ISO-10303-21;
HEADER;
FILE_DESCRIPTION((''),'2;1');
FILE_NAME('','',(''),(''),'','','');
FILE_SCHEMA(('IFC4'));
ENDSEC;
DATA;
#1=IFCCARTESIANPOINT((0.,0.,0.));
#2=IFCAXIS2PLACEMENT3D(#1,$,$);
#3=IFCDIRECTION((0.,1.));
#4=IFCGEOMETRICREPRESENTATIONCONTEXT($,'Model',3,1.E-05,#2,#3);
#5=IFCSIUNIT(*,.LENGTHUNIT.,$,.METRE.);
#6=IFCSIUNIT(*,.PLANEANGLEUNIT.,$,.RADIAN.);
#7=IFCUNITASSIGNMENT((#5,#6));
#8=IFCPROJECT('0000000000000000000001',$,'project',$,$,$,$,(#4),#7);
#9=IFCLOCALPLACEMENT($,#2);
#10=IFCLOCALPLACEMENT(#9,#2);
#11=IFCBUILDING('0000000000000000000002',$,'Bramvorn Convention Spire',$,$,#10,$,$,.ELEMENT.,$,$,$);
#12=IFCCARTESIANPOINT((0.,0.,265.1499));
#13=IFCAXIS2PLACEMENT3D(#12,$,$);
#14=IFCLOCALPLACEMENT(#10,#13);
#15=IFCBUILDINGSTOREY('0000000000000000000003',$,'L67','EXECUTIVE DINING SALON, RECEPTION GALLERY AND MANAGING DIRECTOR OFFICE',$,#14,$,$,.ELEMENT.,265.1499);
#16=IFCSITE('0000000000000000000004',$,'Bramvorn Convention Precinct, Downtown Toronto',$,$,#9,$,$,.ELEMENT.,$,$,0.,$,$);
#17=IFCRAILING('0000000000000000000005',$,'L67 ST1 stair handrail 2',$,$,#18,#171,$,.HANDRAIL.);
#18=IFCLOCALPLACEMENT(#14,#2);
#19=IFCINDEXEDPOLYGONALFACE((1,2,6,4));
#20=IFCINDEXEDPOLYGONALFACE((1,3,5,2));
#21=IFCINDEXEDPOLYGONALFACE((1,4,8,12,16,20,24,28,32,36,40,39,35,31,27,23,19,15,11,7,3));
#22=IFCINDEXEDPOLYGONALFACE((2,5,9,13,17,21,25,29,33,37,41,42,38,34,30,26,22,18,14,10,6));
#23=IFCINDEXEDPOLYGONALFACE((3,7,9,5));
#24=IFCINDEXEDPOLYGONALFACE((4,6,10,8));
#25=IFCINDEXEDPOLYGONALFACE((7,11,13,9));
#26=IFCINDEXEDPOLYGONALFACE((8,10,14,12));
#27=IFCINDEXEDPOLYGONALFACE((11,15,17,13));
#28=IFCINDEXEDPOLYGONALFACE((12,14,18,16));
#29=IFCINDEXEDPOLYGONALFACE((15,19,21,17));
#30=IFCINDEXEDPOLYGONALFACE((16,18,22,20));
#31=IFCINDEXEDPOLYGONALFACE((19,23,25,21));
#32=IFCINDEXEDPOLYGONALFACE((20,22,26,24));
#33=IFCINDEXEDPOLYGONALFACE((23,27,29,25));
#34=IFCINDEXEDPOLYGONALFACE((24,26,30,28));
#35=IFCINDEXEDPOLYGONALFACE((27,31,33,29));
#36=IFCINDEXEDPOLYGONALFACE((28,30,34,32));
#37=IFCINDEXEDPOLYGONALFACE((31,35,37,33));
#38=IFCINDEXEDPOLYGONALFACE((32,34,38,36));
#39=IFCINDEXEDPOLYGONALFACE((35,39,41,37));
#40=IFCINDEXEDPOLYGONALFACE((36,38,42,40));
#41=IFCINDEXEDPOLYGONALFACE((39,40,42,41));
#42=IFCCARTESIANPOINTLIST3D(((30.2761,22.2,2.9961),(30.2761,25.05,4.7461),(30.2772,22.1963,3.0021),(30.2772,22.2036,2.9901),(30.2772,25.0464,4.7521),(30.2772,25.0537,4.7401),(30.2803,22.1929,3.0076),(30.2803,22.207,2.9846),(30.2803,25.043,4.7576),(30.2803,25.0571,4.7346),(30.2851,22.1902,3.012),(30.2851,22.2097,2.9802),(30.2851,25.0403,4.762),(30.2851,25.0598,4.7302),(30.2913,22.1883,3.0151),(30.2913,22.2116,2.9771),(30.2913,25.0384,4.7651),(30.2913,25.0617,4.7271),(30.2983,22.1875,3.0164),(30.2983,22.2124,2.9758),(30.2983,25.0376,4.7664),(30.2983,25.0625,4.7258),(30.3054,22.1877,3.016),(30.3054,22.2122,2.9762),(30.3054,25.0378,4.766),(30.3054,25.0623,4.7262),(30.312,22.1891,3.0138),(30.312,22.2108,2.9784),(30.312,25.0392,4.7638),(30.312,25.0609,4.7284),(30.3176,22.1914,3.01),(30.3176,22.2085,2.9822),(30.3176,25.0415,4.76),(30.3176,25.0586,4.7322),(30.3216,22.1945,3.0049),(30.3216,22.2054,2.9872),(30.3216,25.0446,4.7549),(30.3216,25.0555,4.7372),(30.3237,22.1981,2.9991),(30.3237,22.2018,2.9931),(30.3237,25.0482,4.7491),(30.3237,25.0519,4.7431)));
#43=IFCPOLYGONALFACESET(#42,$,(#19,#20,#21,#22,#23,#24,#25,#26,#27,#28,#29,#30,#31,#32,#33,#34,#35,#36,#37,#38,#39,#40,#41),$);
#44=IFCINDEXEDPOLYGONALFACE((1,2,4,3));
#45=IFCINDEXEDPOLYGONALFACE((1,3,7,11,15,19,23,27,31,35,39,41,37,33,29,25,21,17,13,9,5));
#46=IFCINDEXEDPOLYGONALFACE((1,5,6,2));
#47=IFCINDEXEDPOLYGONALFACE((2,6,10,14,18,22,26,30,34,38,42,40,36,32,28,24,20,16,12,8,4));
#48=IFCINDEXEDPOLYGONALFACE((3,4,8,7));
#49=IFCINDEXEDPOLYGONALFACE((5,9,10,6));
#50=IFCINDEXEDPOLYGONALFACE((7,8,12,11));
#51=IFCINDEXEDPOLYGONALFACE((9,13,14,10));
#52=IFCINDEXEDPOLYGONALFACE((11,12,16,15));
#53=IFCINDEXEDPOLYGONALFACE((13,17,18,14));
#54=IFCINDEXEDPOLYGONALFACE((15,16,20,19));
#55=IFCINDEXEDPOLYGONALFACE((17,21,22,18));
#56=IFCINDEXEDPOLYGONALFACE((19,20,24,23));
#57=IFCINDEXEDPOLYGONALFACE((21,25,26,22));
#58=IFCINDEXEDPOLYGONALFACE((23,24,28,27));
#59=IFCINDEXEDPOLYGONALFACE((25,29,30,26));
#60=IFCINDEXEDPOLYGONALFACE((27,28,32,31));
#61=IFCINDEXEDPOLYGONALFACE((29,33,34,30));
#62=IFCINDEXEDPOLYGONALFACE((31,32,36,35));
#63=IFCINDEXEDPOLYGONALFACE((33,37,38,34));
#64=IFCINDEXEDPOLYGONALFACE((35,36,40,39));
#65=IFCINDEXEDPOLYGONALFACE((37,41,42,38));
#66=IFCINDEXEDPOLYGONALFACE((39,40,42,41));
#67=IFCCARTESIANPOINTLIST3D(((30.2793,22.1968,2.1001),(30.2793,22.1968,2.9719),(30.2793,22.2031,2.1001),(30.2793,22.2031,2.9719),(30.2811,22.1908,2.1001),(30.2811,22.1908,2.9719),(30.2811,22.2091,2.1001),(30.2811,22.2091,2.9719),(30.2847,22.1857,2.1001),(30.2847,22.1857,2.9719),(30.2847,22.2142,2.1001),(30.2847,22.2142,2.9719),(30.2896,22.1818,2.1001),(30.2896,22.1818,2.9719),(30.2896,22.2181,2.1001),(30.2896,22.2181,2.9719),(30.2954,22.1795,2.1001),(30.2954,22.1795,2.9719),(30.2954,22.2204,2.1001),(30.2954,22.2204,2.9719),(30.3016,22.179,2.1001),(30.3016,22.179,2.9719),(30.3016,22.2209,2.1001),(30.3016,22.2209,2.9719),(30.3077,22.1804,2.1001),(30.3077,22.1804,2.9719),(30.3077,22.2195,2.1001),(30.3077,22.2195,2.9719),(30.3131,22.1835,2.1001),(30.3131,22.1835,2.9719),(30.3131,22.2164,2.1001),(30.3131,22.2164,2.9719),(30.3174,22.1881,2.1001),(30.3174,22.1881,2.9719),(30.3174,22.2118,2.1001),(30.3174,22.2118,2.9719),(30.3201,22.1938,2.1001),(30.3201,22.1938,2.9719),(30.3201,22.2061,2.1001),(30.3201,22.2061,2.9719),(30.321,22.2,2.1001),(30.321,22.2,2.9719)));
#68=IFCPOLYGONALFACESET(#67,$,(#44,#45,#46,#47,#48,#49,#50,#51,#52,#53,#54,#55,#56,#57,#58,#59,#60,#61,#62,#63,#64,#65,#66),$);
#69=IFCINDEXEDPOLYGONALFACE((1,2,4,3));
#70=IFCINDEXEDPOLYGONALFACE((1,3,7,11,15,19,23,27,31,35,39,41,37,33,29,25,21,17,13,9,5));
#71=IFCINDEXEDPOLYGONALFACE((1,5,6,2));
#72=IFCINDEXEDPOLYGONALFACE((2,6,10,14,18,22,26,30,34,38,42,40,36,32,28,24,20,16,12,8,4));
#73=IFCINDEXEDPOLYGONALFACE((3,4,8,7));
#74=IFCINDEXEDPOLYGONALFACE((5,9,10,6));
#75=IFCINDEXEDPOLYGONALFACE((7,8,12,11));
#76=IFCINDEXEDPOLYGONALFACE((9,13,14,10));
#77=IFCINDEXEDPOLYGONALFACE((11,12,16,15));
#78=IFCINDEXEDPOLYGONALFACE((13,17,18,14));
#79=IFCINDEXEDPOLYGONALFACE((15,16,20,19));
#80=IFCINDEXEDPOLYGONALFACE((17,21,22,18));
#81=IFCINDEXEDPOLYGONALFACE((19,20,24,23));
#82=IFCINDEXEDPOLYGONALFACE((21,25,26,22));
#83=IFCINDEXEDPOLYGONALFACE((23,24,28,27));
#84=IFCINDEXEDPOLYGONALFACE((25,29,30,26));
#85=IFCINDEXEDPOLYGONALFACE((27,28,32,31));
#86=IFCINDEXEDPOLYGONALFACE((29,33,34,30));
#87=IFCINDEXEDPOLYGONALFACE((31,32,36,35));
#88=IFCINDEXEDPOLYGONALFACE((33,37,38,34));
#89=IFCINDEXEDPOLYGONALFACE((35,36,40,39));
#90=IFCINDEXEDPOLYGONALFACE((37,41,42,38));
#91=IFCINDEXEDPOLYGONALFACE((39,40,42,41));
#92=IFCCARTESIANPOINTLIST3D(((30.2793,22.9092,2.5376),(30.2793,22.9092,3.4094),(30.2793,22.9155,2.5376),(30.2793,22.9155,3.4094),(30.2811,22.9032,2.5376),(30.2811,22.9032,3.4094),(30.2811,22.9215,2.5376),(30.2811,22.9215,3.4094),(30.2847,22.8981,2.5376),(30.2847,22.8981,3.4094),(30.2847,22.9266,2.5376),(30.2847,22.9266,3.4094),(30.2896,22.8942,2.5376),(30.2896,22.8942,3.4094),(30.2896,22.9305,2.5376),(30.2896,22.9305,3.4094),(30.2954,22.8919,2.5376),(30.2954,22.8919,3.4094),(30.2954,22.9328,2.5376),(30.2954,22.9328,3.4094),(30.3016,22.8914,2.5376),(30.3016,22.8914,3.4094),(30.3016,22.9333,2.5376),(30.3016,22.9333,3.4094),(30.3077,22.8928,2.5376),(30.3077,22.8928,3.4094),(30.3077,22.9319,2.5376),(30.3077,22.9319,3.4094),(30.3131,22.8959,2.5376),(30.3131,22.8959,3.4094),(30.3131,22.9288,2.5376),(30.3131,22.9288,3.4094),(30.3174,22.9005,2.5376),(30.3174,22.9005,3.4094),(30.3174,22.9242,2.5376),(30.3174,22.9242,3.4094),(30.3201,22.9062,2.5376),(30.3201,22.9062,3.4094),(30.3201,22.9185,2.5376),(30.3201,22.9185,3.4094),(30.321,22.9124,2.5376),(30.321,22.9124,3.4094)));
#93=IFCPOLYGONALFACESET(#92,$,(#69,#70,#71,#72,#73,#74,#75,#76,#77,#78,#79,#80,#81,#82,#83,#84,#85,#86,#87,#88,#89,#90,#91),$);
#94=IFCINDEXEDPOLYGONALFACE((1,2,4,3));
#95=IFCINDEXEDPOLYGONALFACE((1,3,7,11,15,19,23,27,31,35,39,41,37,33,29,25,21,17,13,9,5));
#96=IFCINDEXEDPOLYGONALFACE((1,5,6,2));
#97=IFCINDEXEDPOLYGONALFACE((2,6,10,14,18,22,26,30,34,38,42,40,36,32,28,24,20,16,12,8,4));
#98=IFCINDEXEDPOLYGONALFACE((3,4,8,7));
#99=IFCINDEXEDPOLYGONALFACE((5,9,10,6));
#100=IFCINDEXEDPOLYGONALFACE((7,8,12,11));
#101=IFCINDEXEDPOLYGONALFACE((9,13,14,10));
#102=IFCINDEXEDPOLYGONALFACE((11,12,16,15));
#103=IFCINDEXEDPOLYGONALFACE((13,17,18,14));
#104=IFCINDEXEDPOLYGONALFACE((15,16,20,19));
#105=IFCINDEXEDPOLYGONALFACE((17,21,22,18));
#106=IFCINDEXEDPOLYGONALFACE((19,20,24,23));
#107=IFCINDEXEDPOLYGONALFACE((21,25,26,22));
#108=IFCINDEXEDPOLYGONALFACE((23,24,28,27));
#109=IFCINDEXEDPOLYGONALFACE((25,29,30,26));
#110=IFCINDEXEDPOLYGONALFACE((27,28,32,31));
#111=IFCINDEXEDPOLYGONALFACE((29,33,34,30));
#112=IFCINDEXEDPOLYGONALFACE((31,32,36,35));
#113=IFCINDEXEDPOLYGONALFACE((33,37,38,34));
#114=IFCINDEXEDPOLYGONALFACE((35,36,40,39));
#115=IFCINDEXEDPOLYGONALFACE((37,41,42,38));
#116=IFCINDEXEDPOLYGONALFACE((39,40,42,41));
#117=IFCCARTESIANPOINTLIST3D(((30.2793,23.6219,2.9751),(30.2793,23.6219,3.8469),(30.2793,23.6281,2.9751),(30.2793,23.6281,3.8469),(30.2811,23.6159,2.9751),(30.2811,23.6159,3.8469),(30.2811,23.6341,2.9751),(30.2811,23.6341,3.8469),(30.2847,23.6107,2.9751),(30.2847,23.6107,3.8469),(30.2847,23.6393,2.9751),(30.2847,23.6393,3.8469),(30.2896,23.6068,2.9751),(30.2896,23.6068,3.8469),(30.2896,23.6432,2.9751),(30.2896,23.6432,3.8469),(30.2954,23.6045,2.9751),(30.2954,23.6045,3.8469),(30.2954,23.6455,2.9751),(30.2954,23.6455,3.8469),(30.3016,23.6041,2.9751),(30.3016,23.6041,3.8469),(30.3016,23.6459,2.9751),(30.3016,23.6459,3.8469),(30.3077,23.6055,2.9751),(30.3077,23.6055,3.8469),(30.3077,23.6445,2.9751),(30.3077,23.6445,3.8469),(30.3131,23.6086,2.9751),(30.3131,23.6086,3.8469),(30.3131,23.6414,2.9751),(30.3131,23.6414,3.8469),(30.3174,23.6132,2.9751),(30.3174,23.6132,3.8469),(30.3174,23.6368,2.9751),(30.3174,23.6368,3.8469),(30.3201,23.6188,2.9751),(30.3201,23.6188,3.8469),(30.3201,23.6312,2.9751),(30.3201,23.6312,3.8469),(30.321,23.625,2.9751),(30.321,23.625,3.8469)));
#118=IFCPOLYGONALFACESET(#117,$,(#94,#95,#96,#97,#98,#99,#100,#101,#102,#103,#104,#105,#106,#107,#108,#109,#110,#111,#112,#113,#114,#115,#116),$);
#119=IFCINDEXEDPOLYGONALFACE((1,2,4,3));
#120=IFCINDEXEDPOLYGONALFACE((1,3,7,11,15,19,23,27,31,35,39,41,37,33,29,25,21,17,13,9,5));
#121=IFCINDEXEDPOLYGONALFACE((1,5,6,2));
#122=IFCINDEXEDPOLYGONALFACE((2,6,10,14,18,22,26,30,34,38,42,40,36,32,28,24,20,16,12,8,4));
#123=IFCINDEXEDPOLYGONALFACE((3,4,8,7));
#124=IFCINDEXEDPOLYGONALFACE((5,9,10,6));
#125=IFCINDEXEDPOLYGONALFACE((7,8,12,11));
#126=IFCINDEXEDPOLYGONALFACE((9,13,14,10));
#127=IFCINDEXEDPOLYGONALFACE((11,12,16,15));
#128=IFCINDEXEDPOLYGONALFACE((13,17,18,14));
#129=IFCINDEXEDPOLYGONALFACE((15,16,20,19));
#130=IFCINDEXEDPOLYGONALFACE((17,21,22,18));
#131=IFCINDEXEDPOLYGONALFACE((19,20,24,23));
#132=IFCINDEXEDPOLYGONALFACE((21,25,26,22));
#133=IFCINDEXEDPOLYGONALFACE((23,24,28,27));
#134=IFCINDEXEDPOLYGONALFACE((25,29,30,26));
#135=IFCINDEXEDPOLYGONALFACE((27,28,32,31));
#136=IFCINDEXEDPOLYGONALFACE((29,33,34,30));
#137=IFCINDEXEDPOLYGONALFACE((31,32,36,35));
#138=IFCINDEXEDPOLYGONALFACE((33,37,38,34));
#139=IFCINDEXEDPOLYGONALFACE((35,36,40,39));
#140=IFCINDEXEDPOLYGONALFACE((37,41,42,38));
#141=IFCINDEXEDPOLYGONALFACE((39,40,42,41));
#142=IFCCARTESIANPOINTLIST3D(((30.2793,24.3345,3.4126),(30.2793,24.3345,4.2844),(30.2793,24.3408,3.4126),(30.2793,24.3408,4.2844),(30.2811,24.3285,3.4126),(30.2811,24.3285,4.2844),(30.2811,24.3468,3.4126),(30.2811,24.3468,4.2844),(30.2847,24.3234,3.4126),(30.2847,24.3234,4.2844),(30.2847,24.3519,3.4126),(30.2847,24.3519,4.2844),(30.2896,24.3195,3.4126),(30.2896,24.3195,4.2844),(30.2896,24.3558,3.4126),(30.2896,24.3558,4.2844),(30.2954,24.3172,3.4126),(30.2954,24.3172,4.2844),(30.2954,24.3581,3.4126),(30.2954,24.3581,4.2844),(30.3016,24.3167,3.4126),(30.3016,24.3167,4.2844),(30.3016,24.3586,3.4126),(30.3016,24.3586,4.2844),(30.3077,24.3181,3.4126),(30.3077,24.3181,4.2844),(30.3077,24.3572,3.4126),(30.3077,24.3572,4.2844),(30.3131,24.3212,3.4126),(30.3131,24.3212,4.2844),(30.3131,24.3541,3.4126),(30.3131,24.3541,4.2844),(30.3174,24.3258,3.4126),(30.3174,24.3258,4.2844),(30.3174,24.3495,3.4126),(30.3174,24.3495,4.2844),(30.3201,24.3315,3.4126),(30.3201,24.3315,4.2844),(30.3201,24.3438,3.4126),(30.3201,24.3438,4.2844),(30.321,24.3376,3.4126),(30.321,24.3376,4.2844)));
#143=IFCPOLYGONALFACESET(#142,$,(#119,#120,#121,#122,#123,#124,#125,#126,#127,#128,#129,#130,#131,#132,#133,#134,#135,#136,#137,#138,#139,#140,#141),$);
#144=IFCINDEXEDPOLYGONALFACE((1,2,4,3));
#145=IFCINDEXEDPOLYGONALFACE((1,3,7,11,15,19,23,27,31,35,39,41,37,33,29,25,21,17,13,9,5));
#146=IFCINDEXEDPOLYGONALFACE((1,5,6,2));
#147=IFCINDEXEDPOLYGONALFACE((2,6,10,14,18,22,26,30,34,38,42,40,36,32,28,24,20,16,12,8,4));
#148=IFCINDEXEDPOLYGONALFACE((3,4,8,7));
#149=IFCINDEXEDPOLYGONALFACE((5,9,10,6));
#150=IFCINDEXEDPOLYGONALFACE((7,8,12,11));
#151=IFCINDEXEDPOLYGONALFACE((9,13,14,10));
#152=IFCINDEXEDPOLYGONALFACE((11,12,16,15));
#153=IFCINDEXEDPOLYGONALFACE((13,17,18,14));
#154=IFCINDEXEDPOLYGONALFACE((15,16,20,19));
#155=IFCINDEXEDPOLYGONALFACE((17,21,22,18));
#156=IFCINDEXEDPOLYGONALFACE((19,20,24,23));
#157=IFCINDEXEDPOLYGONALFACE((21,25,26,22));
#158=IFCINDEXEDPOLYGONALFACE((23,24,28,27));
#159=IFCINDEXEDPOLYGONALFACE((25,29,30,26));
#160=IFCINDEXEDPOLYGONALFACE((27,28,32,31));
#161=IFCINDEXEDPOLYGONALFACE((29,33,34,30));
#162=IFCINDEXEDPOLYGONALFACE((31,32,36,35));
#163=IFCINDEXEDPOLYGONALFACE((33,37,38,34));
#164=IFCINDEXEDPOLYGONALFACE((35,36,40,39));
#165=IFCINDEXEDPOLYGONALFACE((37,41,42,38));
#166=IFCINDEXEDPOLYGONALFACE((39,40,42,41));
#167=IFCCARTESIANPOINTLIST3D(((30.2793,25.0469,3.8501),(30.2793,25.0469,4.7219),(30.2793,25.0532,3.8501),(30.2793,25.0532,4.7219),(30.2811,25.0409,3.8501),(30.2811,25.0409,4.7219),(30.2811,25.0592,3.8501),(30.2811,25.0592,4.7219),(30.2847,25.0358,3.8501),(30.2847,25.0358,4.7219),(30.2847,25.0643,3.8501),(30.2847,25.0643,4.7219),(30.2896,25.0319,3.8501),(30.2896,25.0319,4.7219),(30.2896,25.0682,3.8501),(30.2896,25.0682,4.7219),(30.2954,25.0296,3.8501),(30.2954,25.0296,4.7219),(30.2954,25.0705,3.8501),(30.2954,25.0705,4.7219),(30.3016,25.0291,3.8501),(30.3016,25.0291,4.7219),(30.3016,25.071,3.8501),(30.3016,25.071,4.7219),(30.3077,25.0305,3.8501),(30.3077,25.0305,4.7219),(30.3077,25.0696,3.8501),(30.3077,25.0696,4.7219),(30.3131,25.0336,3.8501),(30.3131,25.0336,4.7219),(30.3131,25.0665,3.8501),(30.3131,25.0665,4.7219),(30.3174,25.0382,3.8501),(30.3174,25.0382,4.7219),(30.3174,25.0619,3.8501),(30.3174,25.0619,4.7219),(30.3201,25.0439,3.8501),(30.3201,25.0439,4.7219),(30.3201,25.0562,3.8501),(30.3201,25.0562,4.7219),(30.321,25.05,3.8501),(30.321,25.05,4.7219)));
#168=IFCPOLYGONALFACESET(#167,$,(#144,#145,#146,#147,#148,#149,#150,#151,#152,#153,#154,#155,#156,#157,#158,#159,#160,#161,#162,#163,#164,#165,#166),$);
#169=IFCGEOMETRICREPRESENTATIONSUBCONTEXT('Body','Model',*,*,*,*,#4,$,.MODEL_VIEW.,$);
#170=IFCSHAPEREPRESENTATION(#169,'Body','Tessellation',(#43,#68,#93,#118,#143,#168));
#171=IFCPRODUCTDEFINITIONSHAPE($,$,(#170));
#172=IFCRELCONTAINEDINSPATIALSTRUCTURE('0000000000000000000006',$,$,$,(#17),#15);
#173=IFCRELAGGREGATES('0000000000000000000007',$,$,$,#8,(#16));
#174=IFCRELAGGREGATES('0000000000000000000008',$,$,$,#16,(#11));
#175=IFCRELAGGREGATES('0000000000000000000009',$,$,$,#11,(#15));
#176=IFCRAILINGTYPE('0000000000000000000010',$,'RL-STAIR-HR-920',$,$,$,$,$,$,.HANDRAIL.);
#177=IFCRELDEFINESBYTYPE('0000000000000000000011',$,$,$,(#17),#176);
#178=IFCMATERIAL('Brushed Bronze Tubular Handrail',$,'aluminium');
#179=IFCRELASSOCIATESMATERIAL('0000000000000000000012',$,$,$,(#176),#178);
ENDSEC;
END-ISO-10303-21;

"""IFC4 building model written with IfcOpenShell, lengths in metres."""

from ifc_helpers import new_model, si_unit, direction, frame, origin, origin_2d, place, context, subcontext, project, spatial, circle, extrude, material, type_object, element, save


model = new_model("IFC4")

# Units and contexts
model_context = context("Model", 3, precision=1e-05, world=origin(), true_north=direction((0.0, 1.0)))
body_context = subcontext(model_context, "Body", "Model", "MODEL_VIEW")
ifc_project = project(units=[si_unit("LENGTHUNIT", "METRE"), si_unit("PLANEANGLEUNIT", "RADIAN")], contexts=[model_context])

# Site, building, storey
site_placement = place(None, origin())
site = spatial("IfcSite", under=ifc_project, at=site_placement, Name="Bramvorn Convention Precinct, Downtown Toronto", CompositionType="ELEMENT", RefElevation=0.0)
building_placement = place(site_placement, origin())
building = spatial("IfcBuilding", under=site, at=building_placement, Name="Bramvorn Convention Spire", CompositionType="ELEMENT")
storey_placement = place(building_placement, frame((0.0, 0.0, 265.1499)))
storey = spatial("IfcBuildingStorey", under=building, at=storey_placement, Name="L67", Description="EXECUTIVE DINING SALON, RECEPTION GALLERY AND MANAGING DIRECTOR OFFICE", CompositionType="ELEMENT", Elevation=265.1499)

# Railing
ifc_material_1 = material(Name="Brushed Bronze Tubular Handrail", Category="aluminium")
railing_type_1 = type_object("IfcRailingType", Name="RL-STAIR-HR-920", PredefinedType="HANDRAIL", material=ifc_material_1)
railing_1_placement = place(storey_placement, frame((30.3, 22.2, 2.1001)))
element("IfcRailing", 1, at=railing_1_placement, inside=storey, type_object=railing_type_1, Name="L67 ST1 stair handrail 2", PredefinedType="HANDRAIL", context=body_context, shape_type="SweptSolid", body=[
    extrude(circle(Radius=0.0239, at=origin_2d()), frame((0.0, 0.0, 0.896), z_axis=(0.0, 0.852179, 0.52325), x_axis=(-1.0, 0.0, 0.0)), (0.0, 0.0, 1.0), 3.3445),
    extrude(circle(Radius=0.021, at=origin_2d()), origin(), (0.0, 0.0, 1.0), 0.8718),
    extrude(circle(Radius=0.021, at=origin_2d()), frame((0.0, 0.7124, 0.4375)), (0.0, 0.0, 1.0), 0.8718),
    extrude(circle(Radius=0.021, at=origin_2d()), frame((0.0, 1.425, 0.875)), (0.0, 0.0, 1.0), 0.8718),
    extrude(circle(Radius=0.021, at=origin_2d()), frame((0.0, 2.1377, 1.3125)), (0.0, 0.0, 1.0), 0.8718),
    extrude(circle(Radius=0.021, at=origin_2d()), frame((0.0, 2.8501, 1.75)), (0.0, 0.0, 1.0), 0.8718),
])

save(model, "model.ifc")
